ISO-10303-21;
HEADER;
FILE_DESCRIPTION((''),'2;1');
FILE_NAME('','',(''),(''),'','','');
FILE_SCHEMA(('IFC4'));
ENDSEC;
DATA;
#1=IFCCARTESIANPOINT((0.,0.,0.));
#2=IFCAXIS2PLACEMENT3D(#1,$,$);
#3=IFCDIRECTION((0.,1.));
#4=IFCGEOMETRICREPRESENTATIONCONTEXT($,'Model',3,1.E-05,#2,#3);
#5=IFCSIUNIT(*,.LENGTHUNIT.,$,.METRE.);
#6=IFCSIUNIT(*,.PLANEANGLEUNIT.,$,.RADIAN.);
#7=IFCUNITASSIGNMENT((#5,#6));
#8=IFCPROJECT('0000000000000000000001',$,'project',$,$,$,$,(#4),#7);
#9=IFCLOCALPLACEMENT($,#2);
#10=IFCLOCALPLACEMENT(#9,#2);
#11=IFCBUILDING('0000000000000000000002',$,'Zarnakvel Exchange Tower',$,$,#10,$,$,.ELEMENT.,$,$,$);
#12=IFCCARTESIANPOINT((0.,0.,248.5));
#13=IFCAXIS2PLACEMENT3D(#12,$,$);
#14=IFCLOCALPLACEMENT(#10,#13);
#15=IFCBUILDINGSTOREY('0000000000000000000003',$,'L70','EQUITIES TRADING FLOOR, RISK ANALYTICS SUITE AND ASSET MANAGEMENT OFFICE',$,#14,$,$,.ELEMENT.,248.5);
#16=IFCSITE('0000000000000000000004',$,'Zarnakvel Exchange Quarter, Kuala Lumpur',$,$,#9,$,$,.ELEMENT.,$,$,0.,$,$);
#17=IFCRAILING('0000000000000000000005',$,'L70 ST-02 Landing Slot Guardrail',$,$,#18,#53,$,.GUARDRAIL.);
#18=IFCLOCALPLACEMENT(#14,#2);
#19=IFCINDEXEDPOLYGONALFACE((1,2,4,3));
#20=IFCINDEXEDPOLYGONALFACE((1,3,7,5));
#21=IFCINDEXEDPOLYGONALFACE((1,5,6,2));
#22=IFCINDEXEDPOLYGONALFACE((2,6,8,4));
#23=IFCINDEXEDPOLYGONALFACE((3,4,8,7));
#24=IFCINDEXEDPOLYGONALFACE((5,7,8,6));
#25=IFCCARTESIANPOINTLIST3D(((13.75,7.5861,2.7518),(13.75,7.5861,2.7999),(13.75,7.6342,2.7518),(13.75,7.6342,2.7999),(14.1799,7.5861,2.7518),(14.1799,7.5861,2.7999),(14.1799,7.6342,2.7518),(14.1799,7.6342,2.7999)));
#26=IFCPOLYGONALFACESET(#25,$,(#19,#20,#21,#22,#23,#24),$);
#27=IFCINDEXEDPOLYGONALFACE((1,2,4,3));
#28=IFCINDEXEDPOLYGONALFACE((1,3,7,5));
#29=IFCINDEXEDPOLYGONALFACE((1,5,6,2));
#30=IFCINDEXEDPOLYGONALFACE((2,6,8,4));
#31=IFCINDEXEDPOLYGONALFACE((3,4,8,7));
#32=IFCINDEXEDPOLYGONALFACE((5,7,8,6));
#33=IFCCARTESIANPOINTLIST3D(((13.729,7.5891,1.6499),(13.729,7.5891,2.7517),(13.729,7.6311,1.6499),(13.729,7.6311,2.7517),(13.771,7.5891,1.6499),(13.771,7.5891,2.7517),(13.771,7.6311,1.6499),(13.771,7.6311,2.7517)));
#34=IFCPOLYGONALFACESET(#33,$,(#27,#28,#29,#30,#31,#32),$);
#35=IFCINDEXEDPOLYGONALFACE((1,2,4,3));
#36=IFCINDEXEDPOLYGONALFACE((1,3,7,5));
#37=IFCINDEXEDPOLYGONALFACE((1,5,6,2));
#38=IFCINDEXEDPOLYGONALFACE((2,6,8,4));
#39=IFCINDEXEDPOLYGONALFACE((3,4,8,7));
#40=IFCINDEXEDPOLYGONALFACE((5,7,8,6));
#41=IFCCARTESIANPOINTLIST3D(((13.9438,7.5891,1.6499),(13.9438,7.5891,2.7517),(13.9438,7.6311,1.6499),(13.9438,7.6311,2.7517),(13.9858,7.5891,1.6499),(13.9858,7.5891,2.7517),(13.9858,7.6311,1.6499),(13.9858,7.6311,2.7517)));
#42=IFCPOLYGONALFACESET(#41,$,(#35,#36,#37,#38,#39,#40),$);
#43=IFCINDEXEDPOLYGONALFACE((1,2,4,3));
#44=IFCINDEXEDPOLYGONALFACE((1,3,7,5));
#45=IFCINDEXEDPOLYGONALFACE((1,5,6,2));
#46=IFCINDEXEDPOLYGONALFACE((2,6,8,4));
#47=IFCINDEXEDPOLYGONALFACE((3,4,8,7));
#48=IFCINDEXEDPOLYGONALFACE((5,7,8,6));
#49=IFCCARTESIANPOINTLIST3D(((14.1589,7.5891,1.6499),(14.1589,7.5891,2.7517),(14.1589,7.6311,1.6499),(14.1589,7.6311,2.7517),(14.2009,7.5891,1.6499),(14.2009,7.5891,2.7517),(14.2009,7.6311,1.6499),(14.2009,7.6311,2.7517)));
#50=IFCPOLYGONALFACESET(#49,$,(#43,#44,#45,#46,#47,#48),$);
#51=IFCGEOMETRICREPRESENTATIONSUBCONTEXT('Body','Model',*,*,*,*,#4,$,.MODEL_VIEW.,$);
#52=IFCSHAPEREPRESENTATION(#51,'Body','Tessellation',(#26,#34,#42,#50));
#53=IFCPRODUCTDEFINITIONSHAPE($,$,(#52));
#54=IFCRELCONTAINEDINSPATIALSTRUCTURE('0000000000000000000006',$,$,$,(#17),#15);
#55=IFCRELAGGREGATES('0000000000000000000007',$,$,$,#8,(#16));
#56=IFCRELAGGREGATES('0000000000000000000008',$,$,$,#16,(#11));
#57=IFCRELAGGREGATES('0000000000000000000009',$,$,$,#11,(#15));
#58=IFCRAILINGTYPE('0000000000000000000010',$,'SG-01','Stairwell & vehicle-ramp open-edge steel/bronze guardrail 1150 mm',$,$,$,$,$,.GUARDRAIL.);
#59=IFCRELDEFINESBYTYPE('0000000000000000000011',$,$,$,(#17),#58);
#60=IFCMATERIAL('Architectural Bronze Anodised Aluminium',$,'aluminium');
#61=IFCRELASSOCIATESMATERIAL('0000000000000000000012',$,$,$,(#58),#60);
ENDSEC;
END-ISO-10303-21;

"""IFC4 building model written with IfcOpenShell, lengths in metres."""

from ifc_helpers import new_model, si_unit, direction, frame, origin, origin_2d, place, context, subcontext, project, spatial, rectangle, extrude, material, type_object, element, save


model = new_model("IFC4")

# Units and contexts
model_context = context("Model", 3, precision=1e-05, world=origin(), true_north=direction((0.0, 1.0)))
body_context = subcontext(model_context, "Body", "Model", "MODEL_VIEW")
ifc_project = project(units=[si_unit("LENGTHUNIT", "METRE"), si_unit("PLANEANGLEUNIT", "RADIAN")], contexts=[model_context])

# Site, building, storey
site_placement = place(None, origin())
site = spatial("IfcSite", under=ifc_project, at=site_placement, Name="Zarnakvel Exchange Quarter, Kuala Lumpur", CompositionType="ELEMENT", RefElevation=0.0)
building_placement = place(site_placement, origin())
building = spatial("IfcBuilding", under=site, at=building_placement, Name="Zarnakvel Exchange Tower", CompositionType="ELEMENT")
storey_placement = place(building_placement, frame((0.0, 0.0, 248.5)))
storey = spatial("IfcBuildingStorey", under=building, at=storey_placement, Name="L70", Description="EQUITIES TRADING FLOOR, RISK ANALYTICS SUITE AND ASSET MANAGEMENT OFFICE", CompositionType="ELEMENT", Elevation=248.5)

# Shared definitions
ifc_material_1 = material(Name="Architectural Bronze Anodised Aluminium", Category="aluminium")

# Railing
railing_type_1 = type_object("IfcRailingType", Name="SG-01", Description="Stairwell & vehicle-ramp open-edge steel/bronze guardrail 1150 mm", PredefinedType="GUARDRAIL", material=ifc_material_1)
railing_1_placement = place(storey_placement, frame((13.75, 7.6101, 1.6499)))
element("IfcRailing", 1, at=railing_1_placement, inside=storey, type_object=railing_type_1, Name="L70 ST-02 Landing Slot Guardrail", PredefinedType="GUARDRAIL", context=body_context, shape_type="SweptSolid", body=[
    extrude(rectangle(XDim=0.0481, YDim=0.0481, at=origin_2d()), frame((0.0, 0.0, 1.126), z_axis=(1.0, 0.0, 0.0), x_axis=(0.0, 1.0, 0.0)), (0.0, 0.0, 1.0), 0.4299),
    extrude(rectangle(XDim=0.042, YDim=0.042, at=origin_2d()), origin(), (0.0, 0.0, 1.0), 1.1018),
    extrude(rectangle(XDim=0.042, YDim=0.042, at=origin_2d()), frame((0.2148, 0.0, 0.0)), (0.0, 0.0, 1.0), 1.1018),
    extrude(rectangle(XDim=0.042, YDim=0.042, at=origin_2d()), frame((0.4299, 0.0, 0.0)), (0.0, 0.0, 1.0), 1.1018),
])

save(model, "model.ifc")
